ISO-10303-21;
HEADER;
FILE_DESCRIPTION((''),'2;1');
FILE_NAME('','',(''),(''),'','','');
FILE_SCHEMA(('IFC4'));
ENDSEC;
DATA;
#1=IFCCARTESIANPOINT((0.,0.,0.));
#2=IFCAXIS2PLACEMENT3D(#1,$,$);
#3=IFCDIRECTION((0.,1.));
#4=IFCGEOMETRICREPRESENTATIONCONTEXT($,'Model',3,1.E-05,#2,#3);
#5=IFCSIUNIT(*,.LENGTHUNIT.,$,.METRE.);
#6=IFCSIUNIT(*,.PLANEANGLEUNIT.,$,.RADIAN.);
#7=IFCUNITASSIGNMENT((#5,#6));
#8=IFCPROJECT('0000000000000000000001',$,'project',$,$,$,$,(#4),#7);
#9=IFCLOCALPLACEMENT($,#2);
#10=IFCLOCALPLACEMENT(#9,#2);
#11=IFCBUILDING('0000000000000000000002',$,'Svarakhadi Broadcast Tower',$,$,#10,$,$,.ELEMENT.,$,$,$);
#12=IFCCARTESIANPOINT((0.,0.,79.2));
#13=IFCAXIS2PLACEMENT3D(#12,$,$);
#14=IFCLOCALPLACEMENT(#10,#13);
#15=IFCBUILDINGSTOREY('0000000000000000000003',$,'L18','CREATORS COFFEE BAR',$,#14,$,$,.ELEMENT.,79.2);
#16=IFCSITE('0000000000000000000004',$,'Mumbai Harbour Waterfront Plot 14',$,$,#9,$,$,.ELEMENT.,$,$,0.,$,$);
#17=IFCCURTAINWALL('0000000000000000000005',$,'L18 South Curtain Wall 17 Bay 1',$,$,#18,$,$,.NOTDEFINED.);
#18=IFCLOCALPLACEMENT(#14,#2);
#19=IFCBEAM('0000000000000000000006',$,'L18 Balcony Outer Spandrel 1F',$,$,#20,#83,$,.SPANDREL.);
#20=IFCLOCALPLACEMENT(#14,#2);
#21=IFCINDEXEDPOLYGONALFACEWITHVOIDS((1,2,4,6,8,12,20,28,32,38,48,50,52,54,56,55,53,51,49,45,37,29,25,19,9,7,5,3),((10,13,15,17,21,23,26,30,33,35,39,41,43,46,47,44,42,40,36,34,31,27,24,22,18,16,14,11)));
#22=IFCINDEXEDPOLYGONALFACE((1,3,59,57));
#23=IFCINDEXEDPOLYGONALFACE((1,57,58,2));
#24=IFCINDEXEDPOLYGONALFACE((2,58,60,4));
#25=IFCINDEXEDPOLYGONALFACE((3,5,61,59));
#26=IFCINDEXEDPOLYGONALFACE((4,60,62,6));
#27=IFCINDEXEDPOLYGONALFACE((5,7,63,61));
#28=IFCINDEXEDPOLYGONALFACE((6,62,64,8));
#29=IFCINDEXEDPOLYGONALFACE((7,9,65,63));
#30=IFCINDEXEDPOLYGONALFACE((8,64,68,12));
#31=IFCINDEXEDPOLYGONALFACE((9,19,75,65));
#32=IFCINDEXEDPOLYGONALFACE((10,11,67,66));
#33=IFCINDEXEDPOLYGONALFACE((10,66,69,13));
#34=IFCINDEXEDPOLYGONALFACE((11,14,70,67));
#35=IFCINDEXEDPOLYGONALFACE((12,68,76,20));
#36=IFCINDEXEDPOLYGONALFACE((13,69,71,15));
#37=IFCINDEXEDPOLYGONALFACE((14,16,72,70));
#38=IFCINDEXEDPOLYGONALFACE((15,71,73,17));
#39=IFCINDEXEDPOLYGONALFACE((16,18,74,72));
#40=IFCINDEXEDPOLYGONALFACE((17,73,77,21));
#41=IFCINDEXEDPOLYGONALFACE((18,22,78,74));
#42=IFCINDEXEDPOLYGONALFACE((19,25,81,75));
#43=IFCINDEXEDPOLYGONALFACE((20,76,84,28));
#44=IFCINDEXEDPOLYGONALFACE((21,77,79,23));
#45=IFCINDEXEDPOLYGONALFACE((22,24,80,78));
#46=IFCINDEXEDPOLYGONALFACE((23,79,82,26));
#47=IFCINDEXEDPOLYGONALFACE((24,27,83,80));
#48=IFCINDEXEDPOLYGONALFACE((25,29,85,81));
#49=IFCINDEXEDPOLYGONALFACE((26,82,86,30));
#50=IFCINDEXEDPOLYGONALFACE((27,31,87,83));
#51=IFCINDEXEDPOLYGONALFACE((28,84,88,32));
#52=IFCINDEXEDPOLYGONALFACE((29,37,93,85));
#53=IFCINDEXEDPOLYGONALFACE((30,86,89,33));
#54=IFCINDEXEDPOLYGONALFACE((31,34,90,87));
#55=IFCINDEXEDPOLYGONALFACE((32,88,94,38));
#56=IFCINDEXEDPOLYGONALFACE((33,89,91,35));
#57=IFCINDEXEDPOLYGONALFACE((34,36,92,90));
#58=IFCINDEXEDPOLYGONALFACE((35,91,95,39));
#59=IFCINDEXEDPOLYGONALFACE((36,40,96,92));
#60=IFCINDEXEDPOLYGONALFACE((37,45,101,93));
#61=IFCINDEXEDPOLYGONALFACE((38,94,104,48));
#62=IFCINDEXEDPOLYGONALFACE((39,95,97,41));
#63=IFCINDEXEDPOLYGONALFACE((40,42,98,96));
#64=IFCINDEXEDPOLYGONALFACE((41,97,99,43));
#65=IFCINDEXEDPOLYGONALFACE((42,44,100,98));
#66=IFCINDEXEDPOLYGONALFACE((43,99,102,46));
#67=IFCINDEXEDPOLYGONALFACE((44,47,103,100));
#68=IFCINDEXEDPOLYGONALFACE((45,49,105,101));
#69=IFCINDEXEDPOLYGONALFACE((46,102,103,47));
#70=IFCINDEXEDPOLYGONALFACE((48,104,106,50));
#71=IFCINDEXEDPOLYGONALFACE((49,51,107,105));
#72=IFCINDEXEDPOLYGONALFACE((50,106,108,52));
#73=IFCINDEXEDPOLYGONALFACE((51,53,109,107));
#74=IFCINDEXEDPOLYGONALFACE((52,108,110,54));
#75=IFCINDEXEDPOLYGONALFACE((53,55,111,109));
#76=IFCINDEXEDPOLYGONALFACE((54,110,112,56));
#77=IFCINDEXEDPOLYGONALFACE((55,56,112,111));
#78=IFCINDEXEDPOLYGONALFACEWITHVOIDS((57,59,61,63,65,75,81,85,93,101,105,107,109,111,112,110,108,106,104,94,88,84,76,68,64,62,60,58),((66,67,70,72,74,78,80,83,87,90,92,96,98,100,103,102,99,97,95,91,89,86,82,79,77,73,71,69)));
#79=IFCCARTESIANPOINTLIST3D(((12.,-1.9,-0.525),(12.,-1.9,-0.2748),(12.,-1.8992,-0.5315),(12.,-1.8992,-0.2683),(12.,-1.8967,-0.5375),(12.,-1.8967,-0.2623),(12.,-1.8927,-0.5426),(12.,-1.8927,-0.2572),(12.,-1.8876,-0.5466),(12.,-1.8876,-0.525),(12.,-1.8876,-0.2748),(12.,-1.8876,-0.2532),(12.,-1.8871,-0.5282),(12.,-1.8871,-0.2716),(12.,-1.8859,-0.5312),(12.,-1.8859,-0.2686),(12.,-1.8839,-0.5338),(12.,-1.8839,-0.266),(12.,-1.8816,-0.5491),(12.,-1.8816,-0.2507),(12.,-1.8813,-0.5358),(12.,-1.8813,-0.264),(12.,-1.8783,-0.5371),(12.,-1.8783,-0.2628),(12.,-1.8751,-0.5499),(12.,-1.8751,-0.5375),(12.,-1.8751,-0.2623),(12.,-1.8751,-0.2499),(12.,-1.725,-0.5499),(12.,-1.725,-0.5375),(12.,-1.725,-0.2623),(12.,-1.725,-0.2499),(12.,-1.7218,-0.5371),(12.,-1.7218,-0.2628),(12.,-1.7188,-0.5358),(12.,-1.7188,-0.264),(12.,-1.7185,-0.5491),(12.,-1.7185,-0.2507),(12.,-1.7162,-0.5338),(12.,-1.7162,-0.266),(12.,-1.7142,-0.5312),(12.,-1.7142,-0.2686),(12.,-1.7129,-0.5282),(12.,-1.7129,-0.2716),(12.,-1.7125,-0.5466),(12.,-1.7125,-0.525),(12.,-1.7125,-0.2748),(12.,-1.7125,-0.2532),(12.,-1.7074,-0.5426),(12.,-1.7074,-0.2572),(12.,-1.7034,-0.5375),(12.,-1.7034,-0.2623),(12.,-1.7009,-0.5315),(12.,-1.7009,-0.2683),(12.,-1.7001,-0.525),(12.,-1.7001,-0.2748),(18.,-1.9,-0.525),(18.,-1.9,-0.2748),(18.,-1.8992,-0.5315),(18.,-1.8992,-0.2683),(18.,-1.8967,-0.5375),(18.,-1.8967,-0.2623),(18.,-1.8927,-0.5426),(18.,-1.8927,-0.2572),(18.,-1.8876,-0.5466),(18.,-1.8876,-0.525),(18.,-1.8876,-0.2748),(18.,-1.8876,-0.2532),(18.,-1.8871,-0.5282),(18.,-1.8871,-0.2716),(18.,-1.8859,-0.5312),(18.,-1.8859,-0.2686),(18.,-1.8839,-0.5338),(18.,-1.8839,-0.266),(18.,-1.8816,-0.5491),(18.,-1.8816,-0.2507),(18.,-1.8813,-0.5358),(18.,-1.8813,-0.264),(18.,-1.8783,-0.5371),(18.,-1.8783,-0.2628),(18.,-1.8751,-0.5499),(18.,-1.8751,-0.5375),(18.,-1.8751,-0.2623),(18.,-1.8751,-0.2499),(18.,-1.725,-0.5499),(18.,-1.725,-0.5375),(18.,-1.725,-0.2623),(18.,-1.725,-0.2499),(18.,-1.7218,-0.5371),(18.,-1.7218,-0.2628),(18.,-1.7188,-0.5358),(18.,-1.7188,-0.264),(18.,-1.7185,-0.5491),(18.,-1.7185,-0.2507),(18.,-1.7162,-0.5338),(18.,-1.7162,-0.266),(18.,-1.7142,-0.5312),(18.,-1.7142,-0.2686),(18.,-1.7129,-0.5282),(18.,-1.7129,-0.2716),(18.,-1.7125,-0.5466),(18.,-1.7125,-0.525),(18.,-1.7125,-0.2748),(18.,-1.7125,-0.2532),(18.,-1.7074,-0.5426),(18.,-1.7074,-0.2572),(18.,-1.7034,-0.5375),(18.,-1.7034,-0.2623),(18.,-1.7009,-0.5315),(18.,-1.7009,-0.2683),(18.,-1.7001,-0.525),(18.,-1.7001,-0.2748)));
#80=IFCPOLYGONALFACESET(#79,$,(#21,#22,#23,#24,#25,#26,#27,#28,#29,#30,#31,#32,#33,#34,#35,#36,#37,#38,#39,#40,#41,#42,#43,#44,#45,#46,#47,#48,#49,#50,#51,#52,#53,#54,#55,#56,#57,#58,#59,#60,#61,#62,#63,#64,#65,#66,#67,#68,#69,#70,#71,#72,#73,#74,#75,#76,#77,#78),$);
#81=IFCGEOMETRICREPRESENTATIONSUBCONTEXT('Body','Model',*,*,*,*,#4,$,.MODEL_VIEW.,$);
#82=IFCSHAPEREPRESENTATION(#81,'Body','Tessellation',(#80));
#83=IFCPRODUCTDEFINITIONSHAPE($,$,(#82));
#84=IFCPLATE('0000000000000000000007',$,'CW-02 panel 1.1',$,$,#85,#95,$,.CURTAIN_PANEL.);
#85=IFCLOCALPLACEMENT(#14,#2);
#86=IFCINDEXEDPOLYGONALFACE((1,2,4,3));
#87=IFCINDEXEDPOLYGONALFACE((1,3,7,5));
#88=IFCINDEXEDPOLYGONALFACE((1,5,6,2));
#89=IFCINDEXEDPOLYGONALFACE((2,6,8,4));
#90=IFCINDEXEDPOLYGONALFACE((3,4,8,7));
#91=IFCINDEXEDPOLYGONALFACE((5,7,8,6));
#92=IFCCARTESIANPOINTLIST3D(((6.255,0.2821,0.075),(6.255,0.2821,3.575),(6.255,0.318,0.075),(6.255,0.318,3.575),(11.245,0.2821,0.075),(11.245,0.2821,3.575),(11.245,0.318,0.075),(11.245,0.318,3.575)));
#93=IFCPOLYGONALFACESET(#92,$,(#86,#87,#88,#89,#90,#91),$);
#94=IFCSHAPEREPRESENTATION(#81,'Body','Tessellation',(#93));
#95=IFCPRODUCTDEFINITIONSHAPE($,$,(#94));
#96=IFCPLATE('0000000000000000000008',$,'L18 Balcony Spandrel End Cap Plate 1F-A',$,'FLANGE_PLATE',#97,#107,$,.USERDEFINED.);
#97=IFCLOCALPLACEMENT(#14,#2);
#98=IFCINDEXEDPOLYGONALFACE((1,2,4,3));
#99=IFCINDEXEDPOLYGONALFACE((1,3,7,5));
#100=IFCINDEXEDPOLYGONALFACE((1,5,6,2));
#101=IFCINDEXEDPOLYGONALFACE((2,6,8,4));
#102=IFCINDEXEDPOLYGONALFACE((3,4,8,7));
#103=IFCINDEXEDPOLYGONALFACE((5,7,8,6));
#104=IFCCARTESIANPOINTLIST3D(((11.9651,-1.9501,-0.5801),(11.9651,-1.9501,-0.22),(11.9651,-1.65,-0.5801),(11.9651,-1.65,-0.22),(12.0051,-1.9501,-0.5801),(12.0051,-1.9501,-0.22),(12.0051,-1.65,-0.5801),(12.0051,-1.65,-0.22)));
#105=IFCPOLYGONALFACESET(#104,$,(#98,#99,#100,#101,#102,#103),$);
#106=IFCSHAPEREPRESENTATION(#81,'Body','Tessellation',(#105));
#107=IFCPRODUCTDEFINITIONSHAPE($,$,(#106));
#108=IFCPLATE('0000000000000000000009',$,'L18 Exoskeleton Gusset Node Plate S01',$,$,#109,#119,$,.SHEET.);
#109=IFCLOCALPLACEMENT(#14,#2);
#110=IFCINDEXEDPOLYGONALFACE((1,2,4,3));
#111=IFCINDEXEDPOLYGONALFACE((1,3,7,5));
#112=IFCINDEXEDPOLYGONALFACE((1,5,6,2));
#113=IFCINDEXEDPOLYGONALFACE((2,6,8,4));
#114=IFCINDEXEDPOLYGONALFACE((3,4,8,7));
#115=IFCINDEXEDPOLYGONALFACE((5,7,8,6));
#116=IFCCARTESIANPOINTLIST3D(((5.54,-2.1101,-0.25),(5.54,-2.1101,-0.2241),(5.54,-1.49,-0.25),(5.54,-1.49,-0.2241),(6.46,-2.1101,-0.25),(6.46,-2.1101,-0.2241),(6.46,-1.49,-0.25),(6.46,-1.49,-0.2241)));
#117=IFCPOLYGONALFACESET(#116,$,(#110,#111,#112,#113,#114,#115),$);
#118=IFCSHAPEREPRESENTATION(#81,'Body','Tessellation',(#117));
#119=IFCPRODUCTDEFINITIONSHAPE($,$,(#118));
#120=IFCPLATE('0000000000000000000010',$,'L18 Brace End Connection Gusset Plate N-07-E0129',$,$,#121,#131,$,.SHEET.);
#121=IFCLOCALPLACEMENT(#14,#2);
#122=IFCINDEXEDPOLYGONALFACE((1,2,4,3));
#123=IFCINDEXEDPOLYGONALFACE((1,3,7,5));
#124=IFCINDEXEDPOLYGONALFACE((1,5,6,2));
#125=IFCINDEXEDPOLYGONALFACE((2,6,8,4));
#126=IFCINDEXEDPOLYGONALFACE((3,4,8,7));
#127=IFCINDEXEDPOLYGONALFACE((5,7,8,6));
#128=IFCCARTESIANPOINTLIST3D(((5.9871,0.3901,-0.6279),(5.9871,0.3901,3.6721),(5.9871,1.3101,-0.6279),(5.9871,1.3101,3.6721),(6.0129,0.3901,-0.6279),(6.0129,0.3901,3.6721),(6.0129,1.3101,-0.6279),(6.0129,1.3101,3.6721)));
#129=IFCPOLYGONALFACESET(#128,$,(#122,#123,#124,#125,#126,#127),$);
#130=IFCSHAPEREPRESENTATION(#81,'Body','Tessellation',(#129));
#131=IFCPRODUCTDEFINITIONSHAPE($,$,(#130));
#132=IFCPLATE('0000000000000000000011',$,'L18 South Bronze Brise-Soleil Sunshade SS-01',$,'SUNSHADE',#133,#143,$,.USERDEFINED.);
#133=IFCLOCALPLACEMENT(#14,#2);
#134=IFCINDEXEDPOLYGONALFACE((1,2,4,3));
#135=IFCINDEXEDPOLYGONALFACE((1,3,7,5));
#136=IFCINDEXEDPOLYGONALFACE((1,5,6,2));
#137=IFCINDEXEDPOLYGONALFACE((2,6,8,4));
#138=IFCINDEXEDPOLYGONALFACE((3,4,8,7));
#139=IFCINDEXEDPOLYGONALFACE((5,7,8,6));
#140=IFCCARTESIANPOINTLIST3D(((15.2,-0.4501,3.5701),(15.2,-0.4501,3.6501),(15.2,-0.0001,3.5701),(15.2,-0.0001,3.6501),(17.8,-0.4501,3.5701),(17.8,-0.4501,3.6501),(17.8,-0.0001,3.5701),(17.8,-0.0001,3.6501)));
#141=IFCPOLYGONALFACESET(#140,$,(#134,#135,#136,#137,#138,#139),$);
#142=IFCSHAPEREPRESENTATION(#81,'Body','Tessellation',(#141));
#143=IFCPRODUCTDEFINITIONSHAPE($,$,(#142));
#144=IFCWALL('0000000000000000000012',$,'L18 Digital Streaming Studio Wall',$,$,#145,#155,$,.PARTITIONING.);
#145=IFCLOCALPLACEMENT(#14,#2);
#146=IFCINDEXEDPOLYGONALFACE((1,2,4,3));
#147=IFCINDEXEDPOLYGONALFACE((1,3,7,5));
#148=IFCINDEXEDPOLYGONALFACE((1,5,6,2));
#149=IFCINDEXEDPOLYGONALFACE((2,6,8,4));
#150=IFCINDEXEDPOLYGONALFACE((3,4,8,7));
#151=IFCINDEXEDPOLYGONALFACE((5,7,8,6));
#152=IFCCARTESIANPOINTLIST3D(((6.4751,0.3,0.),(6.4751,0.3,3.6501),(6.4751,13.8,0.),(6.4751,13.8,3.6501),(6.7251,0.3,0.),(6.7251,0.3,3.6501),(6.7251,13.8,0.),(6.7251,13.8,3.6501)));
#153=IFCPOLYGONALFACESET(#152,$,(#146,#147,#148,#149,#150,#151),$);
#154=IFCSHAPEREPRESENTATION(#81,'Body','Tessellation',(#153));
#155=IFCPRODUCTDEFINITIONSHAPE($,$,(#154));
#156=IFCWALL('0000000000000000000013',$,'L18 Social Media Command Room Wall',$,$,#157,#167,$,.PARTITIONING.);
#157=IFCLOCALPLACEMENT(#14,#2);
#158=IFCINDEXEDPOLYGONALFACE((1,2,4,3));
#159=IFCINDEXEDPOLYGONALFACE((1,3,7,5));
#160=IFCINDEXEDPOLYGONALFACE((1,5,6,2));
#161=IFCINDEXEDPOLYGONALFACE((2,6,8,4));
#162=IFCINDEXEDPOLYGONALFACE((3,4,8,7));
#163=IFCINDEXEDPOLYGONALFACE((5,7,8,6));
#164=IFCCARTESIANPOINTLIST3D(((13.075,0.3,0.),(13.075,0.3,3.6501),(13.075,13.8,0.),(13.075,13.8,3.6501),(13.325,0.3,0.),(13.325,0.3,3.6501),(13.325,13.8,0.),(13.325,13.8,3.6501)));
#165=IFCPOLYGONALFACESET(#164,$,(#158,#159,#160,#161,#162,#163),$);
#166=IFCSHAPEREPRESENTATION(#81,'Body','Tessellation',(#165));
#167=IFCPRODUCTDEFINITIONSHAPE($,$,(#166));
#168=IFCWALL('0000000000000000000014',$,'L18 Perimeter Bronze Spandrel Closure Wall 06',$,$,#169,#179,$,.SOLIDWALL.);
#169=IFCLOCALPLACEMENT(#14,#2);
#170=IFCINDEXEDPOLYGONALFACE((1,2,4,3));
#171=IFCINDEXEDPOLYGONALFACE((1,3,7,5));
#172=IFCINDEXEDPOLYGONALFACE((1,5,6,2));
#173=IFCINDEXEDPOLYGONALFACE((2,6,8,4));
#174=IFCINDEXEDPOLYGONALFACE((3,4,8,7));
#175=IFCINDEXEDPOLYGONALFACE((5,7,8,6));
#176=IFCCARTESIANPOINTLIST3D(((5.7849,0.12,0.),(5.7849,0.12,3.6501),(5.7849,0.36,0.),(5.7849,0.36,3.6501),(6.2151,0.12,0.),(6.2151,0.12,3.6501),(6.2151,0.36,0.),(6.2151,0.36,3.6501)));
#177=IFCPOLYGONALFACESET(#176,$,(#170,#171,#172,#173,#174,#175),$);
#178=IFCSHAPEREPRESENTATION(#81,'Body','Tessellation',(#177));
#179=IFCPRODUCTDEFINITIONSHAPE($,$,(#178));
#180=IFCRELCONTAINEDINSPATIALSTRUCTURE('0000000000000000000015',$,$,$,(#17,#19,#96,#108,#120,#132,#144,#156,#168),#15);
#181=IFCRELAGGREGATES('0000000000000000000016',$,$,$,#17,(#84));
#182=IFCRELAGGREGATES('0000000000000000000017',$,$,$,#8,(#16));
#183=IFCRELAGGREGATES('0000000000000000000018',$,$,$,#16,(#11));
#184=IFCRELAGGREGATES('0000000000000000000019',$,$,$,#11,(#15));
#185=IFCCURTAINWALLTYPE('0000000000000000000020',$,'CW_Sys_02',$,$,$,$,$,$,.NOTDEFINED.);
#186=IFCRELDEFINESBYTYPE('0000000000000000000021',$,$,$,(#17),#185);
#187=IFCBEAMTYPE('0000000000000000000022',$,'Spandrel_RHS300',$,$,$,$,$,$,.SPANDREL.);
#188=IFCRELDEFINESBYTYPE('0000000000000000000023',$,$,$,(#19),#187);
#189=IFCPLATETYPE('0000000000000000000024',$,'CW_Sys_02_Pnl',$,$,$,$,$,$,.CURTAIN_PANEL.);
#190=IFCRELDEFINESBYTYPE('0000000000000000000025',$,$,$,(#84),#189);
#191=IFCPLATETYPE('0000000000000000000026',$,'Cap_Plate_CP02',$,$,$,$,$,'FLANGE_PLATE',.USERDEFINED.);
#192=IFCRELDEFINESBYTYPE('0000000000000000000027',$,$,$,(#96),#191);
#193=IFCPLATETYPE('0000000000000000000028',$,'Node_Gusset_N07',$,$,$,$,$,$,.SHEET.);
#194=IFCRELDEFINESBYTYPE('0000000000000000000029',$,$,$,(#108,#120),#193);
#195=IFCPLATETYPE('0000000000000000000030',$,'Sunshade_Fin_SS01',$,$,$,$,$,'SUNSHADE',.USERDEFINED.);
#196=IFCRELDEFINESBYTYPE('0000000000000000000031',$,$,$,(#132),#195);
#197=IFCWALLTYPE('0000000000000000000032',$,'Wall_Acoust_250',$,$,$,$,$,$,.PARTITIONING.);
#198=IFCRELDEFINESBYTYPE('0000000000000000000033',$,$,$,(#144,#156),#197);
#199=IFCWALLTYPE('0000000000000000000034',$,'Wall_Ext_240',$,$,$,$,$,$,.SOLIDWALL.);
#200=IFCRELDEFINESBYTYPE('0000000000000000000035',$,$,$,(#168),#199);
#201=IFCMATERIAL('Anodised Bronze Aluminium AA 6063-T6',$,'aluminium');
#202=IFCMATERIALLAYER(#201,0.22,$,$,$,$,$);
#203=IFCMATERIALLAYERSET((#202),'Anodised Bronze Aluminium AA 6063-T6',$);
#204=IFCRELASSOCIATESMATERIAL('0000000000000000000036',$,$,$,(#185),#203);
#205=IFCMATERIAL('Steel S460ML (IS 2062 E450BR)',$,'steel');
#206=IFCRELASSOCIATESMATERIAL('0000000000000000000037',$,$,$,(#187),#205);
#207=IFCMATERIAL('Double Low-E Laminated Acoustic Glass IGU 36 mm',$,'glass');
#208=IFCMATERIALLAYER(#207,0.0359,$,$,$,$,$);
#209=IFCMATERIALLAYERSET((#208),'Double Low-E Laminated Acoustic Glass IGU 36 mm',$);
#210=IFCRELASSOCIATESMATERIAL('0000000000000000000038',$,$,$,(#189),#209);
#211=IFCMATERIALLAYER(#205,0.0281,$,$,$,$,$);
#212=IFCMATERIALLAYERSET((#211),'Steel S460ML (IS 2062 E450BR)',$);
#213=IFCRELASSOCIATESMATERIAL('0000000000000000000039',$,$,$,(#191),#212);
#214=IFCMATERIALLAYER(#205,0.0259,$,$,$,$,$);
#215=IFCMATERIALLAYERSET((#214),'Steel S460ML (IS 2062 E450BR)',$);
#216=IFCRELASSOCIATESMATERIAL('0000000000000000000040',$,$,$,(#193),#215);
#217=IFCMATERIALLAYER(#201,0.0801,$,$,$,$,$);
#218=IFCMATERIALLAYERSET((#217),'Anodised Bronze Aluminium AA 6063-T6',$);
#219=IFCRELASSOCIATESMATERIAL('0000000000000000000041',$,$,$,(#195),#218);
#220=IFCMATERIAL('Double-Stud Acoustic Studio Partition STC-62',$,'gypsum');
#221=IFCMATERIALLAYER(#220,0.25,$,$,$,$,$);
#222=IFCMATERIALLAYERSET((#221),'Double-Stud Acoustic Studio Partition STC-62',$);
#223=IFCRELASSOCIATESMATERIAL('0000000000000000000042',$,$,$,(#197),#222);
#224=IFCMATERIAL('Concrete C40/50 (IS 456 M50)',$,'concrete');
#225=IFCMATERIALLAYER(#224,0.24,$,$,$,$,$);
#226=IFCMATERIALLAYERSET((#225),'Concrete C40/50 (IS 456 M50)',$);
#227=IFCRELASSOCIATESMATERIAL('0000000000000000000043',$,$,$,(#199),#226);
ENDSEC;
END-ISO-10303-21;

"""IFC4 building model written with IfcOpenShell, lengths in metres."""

from ifc_helpers import new_model, si_unit, direction, frame, frame_2d, origin, origin_2d, place, context, subcontext, project, spatial, rectangle, hollow_rectangle, extrude, material, layer, layer_set, material_profile, profile_set, type_object, element, aggregate, save


model = new_model("IFC4")

# Units and contexts
model_context = context("Model", 3, precision=1e-05, world=origin(), true_north=direction((0.0, 1.0)))
body_context = subcontext(model_context, "Body", "Model", "MODEL_VIEW")
ifc_project = project(units=[si_unit("LENGTHUNIT", "METRE"), si_unit("PLANEANGLEUNIT", "RADIAN")], contexts=[model_context])

# Site, building, storey
site_placement = place(None, origin())
site = spatial("IfcSite", under=ifc_project, at=site_placement, Name="Mumbai Harbour Waterfront Plot 14", CompositionType="ELEMENT", RefElevation=0.0)
building_placement = place(site_placement, origin())
building = spatial("IfcBuilding", under=site, at=building_placement, Name="Svarakhadi Broadcast Tower", CompositionType="ELEMENT")
storey_placement = place(building_placement, frame((0.0, 0.0, 79.2)))
storey = spatial("IfcBuildingStorey", under=building, at=storey_placement, Name="L18", Description="CREATORS COFFEE BAR", CompositionType="ELEMENT", Elevation=79.2)

# Shared definitions
ifc_material_1 = material(Name="Steel S460ML (IS 2062 E450BR)", Category="steel")

# Curtain wall
ifc_material_2 = material(Name="Anodised Bronze Aluminium AA 6063-T6", Category="aluminium")
ifc_layer_1 = layer(ifc_material_2, 0.22)
ifc_layer_set_1 = layer_set([ifc_layer_1], Name="Anodised Bronze Aluminium AA 6063-T6")
curtain_wall_type = type_object("IfcCurtainWallType", Name="CW_Sys_02", PredefinedType="NOTDEFINED", material=ifc_layer_set_1)
curtain_wall_1_placement = place(storey_placement, origin())
curtain_wall_1 = element("IfcCurtainWall", 1, at=curtain_wall_1_placement, inside=storey, type_object=curtain_wall_type, Name="L18 South Curtain Wall 17 Bay 1", PredefinedType="NOTDEFINED")

# Beam
ifc_material_profile_1 = material_profile(ifc_material_1, hollow_rectangle(XDim=0.2, YDim=0.3, WallThickness=0.0125, InnerFilletRadius=0.0125, OuterFilletRadius=0.0249, at=origin_2d()), Name="RHS 300x200x12.5")
ifc_profile_set_1 = profile_set([ifc_material_profile_1], Name="Steel S460ML (IS 2062 E450BR)")
beam_type_1 = type_object("IfcBeamType", Name="Spandrel_RHS300", PredefinedType="SPANDREL", material=ifc_profile_set_1)
beam_1_placement = place(storey_placement, frame((12.0, -1.8, -0.3999), z_axis=(1.0, 0.0, 0.0), x_axis=(0.0, 1.0, 0.0)))
element("IfcBeam", 2, at=beam_1_placement, inside=storey, type_object=beam_type_1, Name="L18 Balcony Outer Spandrel 1F", PredefinedType="SPANDREL", context=body_context, shape_type="SweptSolid", body=[
    extrude(hollow_rectangle(XDim=0.2, YDim=0.3, WallThickness=0.0125, InnerFilletRadius=0.0125, OuterFilletRadius=0.0249, at=origin_2d()), origin(), (0.0, 0.0, 1.0), 6.0),
])

# Plate
ifc_material_3 = material(Name="Double Low-E Laminated Acoustic Glass IGU 36 mm", Category="glass")
ifc_layer_2 = layer(ifc_material_3, 0.0359)
ifc_layer_set_2 = layer_set([ifc_layer_2], Name="Double Low-E Laminated Acoustic Glass IGU 36 mm")
plate_type_1 = type_object("IfcPlateType", Name="CW_Sys_02_Pnl", PredefinedType="CURTAIN_PANEL", material=ifc_layer_set_2)
plate_1_placement = place(storey_placement, frame((8.75, 0.3, 0.075), z_axis=(0.0, 0.0, 1.0), x_axis=(-1.0, 0.0, 0.0)))
plate_1 = element("IfcPlate", 3, at=plate_1_placement, type_object=plate_type_1, Name="CW-02 panel 1.1", PredefinedType="CURTAIN_PANEL", context=body_context, shape_type="SweptSolid", body=[
    extrude(rectangle(XDim=4.99, YDim=0.0359, at=origin_2d()), origin(), (0.0, 0.0, 1.0), 3.5),
])
aggregate(curtain_wall_1, [plate_1])

# Plates
ifc_layer_3 = layer(ifc_material_1, 0.0281)
ifc_layer_set_3 = layer_set([ifc_layer_3], Name="Steel S460ML (IS 2062 E450BR)")
plate_type_2 = type_object("IfcPlateType", Name="Cap_Plate_CP02", ElementType="FLANGE_PLATE", PredefinedType="USERDEFINED", material=ifc_layer_set_3)
plate_2_placement = place(storey_placement, frame((11.9851, -1.8, -0.5801), z_axis=(0.0, 0.0, 1.0), x_axis=(1.0, 0.0, 0.0)))
element("IfcPlate", 4, at=plate_2_placement, inside=storey, type_object=plate_type_2, Name="L18 Balcony Spandrel End Cap Plate 1F-A", ObjectType="FLANGE_PLATE", PredefinedType="USERDEFINED", context=body_context, shape_type="SweptSolid", body=[
    extrude(rectangle(XDim=0.04, YDim=0.3, at=origin_2d()), origin(), (0.0, 0.0, 1.0), 0.3601),
])
ifc_layer_4 = layer(ifc_material_1, 0.0259)
ifc_layer_set_4 = layer_set([ifc_layer_4], Name="Steel S460ML (IS 2062 E450BR)")
plate_type_3 = type_object("IfcPlateType", Name="Node_Gusset_N07", PredefinedType="SHEET", material=ifc_layer_set_4)
plate_3_placement = place(storey_placement, frame((6.0, -1.8, -0.25), z_axis=(0.0, 0.0, 1.0), x_axis=(1.0, 0.0, 0.0)))
element("IfcPlate", 5, at=plate_3_placement, inside=storey, type_object=plate_type_3, Name="L18 Exoskeleton Gusset Node Plate S01", PredefinedType="SHEET", context=body_context, shape_type="SweptSolid", body=[
    extrude(rectangle(XDim=0.9199, YDim=0.6201, at=origin_2d()), origin(), (0.0, 0.0, 1.0), 0.0259),
])
plate_4_placement = place(storey_placement, frame((6.0, 0.8501, -0.6279), z_axis=(0.0, 0.0, 1.0), x_axis=(0.0, 1.0, 0.0)))
element("IfcPlate", 6, at=plate_4_placement, inside=storey, type_object=plate_type_3, Name="L18 Brace End Connection Gusset Plate N-07-E0129", PredefinedType="SHEET", context=body_context, shape_type="SweptSolid", body=[
    extrude(rectangle(XDim=0.9199, YDim=0.0259, at=origin_2d()), origin(), (0.0, 0.0, 1.0), 4.3),
])
ifc_layer_5 = layer(ifc_material_2, 0.0801)
ifc_layer_set_5 = layer_set([ifc_layer_5], Name="Anodised Bronze Aluminium AA 6063-T6")
plate_type_4 = type_object("IfcPlateType", Name="Sunshade_Fin_SS01", ElementType="SUNSHADE", PredefinedType="USERDEFINED", material=ifc_layer_set_5)
plate_5_placement = place(storey_placement, frame((16.5, -0.2251, 3.5701), z_axis=(0.0, 0.0, 1.0), x_axis=(1.0, 0.0, 0.0)))
element("IfcPlate", 7, at=plate_5_placement, inside=storey, type_object=plate_type_4, Name="L18 South Bronze Brise-Soleil Sunshade SS-01", ObjectType="SUNSHADE", PredefinedType="USERDEFINED", context=body_context, shape_type="SweptSolid", body=[
    extrude(rectangle(XDim=2.6001, YDim=0.45, at=origin_2d()), origin(), (0.0, 0.0, 1.0), 0.0801),
])

# Walls
ifc_material_4 = material(Name="Double-Stud Acoustic Studio Partition STC-62", Category="gypsum")
ifc_layer_6 = layer(ifc_material_4, 0.25)
ifc_layer_set_6 = layer_set([ifc_layer_6], Name="Double-Stud Acoustic Studio Partition STC-62")
wall_type_1 = type_object("IfcWallType", Name="Wall_Acoust_250", PredefinedType="PARTITIONING", material=ifc_layer_set_6)
for number, where, z_axis, x_axis, name in (
    (8, (6.6001, 0.3, 0.0), (0.0, 0.0, 1.0), (0.0, 1.0, 0.0), "L18 Digital Streaming Studio Wall"),
    (9, (13.2, 0.3, 0.0), (0.0, 0.0, 1.0), (0.0, 1.0, 0.0), "L18 Social Media Command Room Wall"),
):
    element("IfcWall", number, at=place(storey_placement, frame(where, z_axis=z_axis, x_axis=x_axis)), inside=storey, type_object=wall_type_1, Name=name, PredefinedType="PARTITIONING", context=body_context, shape_type="SweptSolid", body=[
        extrude(rectangle(XDim=13.5, YDim=0.25, at=frame_2d((6.75, 0.0))), origin(), (0.0, 0.0, 1.0), 3.6501),
    ])
ifc_material_5 = material(Name="Concrete C40/50 (IS 456 M50)", Category="concrete")
ifc_layer_7 = layer(ifc_material_5, 0.24)
ifc_layer_set_7 = layer_set([ifc_layer_7], Name="Concrete C40/50 (IS 456 M50)")
wall_type_2 = type_object("IfcWallType", Name="Wall_Ext_240", PredefinedType="SOLIDWALL", material=ifc_layer_set_7)
wall_placement = place(storey_placement, frame((6.2151, 0.24, 0.0), z_axis=(0.0, 0.0, 1.0), x_axis=(-1.0, 0.0, 0.0)))
element("IfcWall", 10, at=wall_placement, inside=storey, type_object=wall_type_2, Name="L18 Perimeter Bronze Spandrel Closure Wall 06", PredefinedType="SOLIDWALL", context=body_context, shape_type="SweptSolid", body=[
    extrude(rectangle(XDim=0.4302, YDim=0.24, at=frame_2d((0.2151, 0.0))), origin(), (0.0, 0.0, 1.0), 3.6501),
])

save(model, "model.ifc")
